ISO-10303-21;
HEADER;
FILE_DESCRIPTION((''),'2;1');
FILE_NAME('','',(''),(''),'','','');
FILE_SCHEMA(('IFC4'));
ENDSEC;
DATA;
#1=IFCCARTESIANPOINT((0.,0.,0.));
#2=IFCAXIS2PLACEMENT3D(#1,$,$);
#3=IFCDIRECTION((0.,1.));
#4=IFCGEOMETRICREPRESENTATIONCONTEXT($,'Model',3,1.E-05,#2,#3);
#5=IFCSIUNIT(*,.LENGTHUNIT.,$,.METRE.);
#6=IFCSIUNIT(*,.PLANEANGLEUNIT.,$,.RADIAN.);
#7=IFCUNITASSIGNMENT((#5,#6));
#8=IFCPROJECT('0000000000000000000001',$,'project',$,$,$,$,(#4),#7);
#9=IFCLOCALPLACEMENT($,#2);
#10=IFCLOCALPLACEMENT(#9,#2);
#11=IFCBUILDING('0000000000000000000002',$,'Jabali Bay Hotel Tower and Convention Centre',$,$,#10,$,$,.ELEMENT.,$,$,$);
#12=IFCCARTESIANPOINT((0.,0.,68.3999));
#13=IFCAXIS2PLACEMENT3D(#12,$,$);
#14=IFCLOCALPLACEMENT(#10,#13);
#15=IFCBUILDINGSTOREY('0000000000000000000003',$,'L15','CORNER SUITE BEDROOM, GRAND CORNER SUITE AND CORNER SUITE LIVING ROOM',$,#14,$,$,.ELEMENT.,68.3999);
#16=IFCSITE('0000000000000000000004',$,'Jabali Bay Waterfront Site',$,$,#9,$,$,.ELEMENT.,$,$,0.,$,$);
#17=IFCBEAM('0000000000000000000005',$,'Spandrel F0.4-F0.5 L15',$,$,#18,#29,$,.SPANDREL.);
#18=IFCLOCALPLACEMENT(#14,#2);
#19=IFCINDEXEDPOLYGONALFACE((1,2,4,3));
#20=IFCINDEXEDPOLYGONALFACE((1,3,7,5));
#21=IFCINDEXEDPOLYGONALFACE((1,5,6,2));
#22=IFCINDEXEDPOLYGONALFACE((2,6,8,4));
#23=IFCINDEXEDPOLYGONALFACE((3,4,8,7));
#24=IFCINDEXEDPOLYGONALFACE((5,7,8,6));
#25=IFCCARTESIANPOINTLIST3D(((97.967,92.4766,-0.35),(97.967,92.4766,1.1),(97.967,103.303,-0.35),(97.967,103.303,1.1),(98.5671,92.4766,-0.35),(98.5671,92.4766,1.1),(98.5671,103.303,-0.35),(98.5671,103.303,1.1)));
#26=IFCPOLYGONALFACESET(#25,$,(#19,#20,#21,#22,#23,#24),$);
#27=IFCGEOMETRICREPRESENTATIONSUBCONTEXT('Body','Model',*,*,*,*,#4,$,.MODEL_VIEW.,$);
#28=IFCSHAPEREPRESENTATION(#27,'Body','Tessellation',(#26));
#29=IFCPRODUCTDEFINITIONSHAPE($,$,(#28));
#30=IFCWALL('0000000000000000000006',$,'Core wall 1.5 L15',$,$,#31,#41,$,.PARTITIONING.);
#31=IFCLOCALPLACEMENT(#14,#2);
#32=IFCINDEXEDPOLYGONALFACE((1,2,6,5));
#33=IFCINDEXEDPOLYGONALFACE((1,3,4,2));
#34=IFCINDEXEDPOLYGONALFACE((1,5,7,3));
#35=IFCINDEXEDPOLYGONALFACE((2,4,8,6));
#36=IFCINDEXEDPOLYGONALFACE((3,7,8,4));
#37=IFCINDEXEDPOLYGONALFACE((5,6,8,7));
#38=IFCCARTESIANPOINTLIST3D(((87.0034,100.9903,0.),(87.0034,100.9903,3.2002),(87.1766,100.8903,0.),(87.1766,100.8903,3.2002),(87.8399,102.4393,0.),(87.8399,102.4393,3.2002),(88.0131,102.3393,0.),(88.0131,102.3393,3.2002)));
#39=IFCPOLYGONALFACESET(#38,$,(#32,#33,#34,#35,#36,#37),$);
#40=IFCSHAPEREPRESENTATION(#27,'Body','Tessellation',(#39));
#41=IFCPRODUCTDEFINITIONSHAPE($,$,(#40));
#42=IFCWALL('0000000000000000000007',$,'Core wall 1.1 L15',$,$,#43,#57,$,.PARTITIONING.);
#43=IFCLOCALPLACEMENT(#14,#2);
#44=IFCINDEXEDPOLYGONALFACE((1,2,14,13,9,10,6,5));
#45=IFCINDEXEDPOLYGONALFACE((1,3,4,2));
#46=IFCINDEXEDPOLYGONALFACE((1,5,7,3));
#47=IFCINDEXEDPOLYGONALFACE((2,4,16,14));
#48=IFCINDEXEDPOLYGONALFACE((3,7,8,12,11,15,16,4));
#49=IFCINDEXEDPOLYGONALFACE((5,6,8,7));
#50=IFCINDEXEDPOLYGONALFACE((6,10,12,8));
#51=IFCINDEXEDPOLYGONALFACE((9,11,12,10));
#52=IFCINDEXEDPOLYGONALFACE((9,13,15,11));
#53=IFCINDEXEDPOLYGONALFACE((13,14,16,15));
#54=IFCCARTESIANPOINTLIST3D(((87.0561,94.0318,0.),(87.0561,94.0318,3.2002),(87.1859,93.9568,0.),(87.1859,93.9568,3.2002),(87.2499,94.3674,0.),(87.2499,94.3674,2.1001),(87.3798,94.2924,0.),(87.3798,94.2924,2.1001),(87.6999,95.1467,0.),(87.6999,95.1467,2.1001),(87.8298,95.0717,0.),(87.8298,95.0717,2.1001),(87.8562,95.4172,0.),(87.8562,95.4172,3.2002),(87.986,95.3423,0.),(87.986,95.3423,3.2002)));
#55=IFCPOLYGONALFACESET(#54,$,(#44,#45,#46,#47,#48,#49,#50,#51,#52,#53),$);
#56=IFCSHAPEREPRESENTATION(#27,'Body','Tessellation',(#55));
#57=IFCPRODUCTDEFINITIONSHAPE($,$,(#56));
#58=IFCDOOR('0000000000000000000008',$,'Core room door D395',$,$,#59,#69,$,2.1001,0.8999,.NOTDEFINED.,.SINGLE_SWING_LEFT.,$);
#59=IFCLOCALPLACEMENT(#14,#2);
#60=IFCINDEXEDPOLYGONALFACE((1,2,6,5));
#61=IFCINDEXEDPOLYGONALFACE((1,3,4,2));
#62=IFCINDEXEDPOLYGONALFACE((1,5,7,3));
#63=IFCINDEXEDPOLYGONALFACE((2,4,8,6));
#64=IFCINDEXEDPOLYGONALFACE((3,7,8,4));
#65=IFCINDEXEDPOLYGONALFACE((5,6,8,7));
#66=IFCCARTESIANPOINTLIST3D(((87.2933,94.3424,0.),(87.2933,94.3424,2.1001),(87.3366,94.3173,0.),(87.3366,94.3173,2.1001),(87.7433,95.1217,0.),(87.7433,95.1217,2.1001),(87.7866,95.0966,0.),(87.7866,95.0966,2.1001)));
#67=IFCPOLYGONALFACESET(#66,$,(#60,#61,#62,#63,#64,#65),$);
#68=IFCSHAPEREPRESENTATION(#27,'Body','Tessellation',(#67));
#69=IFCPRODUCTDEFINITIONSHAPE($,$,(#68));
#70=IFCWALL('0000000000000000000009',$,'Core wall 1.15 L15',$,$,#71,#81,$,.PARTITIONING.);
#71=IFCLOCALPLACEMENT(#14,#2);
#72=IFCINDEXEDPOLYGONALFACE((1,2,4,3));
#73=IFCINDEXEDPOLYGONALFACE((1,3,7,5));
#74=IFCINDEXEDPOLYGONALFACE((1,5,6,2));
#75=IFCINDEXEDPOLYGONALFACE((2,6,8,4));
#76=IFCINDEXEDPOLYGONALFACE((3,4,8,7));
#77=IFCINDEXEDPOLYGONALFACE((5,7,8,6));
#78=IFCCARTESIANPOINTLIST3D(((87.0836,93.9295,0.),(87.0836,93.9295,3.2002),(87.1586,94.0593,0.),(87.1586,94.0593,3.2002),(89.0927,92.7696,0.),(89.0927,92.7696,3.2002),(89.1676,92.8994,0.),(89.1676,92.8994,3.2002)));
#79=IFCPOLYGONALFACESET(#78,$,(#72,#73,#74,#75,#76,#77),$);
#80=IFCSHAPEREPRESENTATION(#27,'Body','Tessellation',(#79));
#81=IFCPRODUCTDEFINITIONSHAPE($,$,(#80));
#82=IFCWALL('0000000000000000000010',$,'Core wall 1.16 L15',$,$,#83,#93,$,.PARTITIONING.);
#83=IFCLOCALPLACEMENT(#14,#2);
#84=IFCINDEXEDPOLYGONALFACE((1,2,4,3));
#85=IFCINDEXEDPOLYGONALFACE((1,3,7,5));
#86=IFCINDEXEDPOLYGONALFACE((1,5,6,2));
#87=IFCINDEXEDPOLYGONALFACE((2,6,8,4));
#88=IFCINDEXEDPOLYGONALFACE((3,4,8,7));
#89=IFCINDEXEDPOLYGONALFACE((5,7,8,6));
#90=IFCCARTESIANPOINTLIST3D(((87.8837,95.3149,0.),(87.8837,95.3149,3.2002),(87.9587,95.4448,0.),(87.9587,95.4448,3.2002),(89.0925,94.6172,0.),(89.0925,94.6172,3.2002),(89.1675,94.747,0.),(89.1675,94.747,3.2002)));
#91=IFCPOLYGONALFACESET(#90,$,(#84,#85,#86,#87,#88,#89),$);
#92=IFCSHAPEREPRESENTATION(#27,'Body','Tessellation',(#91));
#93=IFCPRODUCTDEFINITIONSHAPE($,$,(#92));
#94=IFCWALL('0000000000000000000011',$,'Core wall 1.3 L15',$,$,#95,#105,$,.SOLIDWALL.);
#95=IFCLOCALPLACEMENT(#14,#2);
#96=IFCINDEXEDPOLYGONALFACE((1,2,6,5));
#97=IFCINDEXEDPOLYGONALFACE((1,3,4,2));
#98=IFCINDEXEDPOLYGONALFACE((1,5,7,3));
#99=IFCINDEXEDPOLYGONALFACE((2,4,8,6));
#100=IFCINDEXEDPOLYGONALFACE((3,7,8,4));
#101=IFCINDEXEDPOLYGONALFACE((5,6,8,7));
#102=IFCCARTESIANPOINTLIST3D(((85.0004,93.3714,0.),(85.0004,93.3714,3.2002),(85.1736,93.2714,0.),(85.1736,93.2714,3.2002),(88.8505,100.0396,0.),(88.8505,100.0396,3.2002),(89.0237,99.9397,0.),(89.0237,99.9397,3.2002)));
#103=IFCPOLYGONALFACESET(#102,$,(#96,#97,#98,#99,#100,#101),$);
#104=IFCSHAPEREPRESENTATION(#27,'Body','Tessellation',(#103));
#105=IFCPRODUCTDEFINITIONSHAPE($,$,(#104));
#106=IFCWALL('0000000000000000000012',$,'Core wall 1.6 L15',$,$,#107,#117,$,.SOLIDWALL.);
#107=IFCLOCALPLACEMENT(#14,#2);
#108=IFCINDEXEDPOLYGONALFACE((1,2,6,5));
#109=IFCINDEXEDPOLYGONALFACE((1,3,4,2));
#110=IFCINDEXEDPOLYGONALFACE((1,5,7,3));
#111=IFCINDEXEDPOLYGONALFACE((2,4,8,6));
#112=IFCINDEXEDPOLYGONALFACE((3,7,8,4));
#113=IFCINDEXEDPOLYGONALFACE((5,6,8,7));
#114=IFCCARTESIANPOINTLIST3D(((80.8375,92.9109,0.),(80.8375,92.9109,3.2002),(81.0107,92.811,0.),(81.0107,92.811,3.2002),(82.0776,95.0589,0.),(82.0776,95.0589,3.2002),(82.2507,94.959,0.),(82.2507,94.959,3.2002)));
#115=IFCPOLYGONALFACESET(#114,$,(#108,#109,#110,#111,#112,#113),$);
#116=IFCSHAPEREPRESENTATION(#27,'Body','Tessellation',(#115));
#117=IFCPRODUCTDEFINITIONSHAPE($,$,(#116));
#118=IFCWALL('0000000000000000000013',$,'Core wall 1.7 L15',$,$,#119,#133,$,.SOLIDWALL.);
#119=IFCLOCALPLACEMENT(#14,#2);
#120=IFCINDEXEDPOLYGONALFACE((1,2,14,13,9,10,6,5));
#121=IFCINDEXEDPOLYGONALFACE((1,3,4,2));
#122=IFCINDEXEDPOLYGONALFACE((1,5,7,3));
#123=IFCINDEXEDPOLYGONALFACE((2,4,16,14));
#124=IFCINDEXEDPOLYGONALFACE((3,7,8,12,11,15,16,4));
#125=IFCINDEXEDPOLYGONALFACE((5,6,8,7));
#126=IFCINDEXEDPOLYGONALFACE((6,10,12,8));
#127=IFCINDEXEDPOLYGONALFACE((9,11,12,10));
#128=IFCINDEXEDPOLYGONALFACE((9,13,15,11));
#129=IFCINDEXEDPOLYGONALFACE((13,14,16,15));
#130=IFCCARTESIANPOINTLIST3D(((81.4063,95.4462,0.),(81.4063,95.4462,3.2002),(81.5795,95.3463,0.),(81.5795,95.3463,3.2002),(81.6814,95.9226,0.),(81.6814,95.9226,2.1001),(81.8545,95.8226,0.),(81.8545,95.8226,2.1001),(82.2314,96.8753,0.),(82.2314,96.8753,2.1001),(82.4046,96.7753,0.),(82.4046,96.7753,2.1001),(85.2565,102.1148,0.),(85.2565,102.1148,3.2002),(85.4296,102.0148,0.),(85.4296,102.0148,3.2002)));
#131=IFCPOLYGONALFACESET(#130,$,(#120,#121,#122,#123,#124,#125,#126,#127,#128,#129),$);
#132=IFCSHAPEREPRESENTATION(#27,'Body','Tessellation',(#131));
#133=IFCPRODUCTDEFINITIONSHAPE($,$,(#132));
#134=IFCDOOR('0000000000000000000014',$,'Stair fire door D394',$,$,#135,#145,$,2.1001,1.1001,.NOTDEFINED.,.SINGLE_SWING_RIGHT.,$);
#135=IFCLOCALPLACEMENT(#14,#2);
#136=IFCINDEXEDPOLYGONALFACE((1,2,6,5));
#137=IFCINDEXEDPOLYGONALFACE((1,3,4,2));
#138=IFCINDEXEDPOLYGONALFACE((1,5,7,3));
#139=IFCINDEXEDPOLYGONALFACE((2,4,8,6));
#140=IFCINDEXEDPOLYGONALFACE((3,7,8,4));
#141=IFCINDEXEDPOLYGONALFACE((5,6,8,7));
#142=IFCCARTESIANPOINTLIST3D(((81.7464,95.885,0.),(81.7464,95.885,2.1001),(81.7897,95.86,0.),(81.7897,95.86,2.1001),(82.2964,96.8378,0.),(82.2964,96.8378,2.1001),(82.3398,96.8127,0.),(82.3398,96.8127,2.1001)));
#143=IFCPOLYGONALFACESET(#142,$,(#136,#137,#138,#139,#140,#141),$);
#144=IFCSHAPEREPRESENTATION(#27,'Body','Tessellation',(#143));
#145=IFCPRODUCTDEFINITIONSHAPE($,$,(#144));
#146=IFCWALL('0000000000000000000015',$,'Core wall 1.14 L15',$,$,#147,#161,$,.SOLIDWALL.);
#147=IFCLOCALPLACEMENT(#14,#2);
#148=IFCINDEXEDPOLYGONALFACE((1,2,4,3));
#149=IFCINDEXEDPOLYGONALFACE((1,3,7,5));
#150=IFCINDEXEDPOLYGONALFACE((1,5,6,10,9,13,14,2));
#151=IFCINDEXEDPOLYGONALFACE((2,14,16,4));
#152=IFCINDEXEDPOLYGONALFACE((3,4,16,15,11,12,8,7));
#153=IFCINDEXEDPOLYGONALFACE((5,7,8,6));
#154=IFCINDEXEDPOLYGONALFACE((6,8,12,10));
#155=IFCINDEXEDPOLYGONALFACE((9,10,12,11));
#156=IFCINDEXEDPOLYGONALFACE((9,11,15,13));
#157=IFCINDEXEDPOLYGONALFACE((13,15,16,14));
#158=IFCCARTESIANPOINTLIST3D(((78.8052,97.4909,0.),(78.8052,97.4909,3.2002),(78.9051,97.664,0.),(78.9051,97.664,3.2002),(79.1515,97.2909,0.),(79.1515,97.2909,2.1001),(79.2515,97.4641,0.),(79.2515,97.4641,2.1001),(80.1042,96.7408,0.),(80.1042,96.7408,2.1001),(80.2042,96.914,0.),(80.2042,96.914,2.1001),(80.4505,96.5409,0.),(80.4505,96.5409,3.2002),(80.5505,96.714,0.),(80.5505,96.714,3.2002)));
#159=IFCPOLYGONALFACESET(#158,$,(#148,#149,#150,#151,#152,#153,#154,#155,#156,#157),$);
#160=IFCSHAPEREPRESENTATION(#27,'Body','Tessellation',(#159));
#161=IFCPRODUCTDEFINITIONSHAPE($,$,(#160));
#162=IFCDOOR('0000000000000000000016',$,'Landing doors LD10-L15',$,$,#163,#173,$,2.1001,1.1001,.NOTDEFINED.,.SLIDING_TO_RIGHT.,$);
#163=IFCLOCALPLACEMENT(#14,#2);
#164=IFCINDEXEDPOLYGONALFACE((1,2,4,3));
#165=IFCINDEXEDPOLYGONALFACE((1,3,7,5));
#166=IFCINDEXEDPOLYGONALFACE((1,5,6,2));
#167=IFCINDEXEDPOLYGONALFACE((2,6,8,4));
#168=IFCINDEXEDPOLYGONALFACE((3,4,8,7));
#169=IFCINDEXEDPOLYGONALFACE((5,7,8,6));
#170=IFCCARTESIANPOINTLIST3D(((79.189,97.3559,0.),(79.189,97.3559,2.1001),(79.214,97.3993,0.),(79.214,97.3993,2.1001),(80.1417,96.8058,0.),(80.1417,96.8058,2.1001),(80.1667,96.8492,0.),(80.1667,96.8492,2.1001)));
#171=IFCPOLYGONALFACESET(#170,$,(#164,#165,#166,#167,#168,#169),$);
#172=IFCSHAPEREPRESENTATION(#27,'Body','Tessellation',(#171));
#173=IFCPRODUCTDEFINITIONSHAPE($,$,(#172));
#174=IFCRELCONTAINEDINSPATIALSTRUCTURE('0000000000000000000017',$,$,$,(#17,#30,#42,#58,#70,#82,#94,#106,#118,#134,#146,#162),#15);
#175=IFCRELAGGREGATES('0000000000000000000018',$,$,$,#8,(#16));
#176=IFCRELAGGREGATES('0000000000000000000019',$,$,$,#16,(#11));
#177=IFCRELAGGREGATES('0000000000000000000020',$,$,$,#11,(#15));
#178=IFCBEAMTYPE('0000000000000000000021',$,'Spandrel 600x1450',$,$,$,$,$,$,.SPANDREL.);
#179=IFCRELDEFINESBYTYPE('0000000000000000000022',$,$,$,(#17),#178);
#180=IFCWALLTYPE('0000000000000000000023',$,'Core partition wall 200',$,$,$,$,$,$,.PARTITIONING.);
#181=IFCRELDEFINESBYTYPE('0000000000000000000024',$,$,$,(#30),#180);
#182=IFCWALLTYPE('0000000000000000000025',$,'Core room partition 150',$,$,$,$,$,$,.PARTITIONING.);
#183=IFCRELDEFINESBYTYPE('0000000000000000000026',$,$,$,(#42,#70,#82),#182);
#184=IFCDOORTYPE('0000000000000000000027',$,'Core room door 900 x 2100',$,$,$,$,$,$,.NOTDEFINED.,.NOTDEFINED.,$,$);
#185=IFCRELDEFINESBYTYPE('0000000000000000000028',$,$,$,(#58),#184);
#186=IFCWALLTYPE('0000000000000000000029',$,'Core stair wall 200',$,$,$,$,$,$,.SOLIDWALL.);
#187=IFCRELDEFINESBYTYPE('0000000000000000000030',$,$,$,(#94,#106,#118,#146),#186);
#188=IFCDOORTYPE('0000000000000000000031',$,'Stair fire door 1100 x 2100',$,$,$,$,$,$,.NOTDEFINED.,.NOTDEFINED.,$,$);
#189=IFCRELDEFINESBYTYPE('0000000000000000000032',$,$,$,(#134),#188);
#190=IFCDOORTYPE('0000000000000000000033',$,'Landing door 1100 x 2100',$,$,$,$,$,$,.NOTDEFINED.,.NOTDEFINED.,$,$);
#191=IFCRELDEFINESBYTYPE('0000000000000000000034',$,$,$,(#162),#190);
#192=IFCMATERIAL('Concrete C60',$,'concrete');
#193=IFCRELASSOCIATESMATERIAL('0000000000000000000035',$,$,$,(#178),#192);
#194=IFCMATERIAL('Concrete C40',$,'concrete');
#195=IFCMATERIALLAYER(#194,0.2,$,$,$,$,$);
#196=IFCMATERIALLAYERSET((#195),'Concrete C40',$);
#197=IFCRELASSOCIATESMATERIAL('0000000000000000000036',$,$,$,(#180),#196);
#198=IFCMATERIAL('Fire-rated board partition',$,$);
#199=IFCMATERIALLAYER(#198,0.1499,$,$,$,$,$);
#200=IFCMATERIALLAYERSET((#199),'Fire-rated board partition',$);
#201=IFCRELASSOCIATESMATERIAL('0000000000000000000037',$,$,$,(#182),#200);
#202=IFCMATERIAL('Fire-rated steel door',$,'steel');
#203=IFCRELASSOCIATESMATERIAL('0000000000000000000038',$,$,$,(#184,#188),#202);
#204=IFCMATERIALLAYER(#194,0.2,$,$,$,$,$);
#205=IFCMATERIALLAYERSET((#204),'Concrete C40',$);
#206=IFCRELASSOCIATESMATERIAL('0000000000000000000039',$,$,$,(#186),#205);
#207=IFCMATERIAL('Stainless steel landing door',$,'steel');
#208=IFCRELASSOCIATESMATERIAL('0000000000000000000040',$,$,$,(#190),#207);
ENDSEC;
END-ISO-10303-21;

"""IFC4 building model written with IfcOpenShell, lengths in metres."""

from ifc_helpers import new_model, si_unit, direction, frame, frame_2d, origin, origin_2d, place, context, subcontext, project, spatial, rectangle, extrude, material, layer, layer_set, material_profile, profile_set, type_object, element, fill, save


model = new_model("IFC4")

# Units and contexts
model_context = context("Model", 3, precision=1e-05, world=origin(), true_north=direction((0.0, 1.0)))
body_context = subcontext(model_context, "Body", "Model", "MODEL_VIEW")
ifc_project = project(units=[si_unit("LENGTHUNIT", "METRE"), si_unit("PLANEANGLEUNIT", "RADIAN")], contexts=[model_context])

# Site, building, storey
site_placement = place(None, origin())
site = spatial("IfcSite", under=ifc_project, at=site_placement, Name="Jabali Bay Waterfront Site", CompositionType="ELEMENT", RefElevation=0.0)
building_placement = place(site_placement, origin())
building = spatial("IfcBuilding", under=site, at=building_placement, Name="Jabali Bay Hotel Tower and Convention Centre", CompositionType="ELEMENT")
storey_placement = place(building_placement, frame((0.0, 0.0, 68.3999)))
storey = spatial("IfcBuildingStorey", under=building, at=storey_placement, Name="L15", Description="CORNER SUITE BEDROOM, GRAND CORNER SUITE AND CORNER SUITE LIVING ROOM", CompositionType="ELEMENT", Elevation=68.3999)

# Beam
ifc_material_1 = material(Name="Concrete C60", Category="concrete")
ifc_material_profile = material_profile(ifc_material_1, rectangle(XDim=0.6001, YDim=1.45, at=origin_2d()), Name="Spandrel 600x1450")
ifc_profile_set = profile_set([ifc_material_profile], Name="Concrete C60")
beam_type = type_object("IfcBeamType", Name="Spandrel 600x1450", PredefinedType="SPANDREL", material=ifc_profile_set)
beam_placement = place(storey_placement, frame((98.2671, 92.4766, 0.375), z_axis=(0.0, 1.0, 0.0), x_axis=(-1.0, 0.0, 0.0)))
element("IfcBeam", 1, at=beam_placement, inside=storey, type_object=beam_type, Name="Spandrel F0.4-F0.5 L15", PredefinedType="SPANDREL", context=body_context, shape_type="SweptSolid", body=[
    extrude(rectangle(XDim=0.6001, YDim=1.45, at=origin_2d()), origin(), (0.0, 0.0, 1.0), 10.8264),
])

# Wall
ifc_material_2 = material(Name="Concrete C40", Category="concrete")
ifc_layer_1 = layer(ifc_material_2, 0.2)
ifc_layer_set_1 = layer_set([ifc_layer_1], Name="Concrete C40")
wall_type_1 = type_object("IfcWallType", Name="Core partition wall 200", PredefinedType="PARTITIONING", material=ifc_layer_set_1)
wall_1_placement = place(storey_placement, frame((87.0901, 100.9404, 0.0), z_axis=(0.0, 0.0, 1.0), x_axis=(0.499937, 0.866062, 0.0)))
element("IfcWall", 2, at=wall_1_placement, inside=storey, type_object=wall_type_1, Name="Core wall 1.5 L15", PredefinedType="PARTITIONING", context=body_context, shape_type="SweptSolid", body=[
    extrude(rectangle(XDim=1.6731, YDim=0.2, at=frame_2d((0.8364, 0.0))), origin(), (0.0, 0.0, 1.0), 3.2002),
])

# Wall, opening, door
ifc_material_3 = material(Name="Fire-rated board partition")
ifc_layer_2 = layer(ifc_material_3, 0.1499)
ifc_layer_set_2 = layer_set([ifc_layer_2], Name="Fire-rated board partition")
wall_type_2 = type_object("IfcWallType", Name="Core room partition 150", PredefinedType="PARTITIONING", material=ifc_layer_set_2)
wall_2_placement = place(storey_placement, frame((87.1211, 93.9944, 0.0), z_axis=(0.0, 0.0, 1.0), x_axis=(0.500061, 0.86599, 0.0)))
wall_2 = element("IfcWall", 3, at=wall_2_placement, inside=storey, type_object=wall_type_2, Name="Core wall 1.1 L15", PredefinedType="PARTITIONING", context=body_context, shape_type="SweptSolid", body=[
    extrude(rectangle(XDim=1.5999, YDim=0.1499, at=frame_2d((0.7998, 0.0))), origin(), (0.0, 0.0, 1.0), 3.2002),
])
opening_1_placement = place(wall_2_placement, frame((0.3875, 0.0, 0.0)))
opening_1 = element("IfcOpeningElement", 4, at=opening_1_placement, cuts=wall_2, PredefinedType="OPENING", context=body_context, shape_type="SweptSolid", body=[
    extrude(rectangle(XDim=0.8999, YDim=2.1001, at=frame_2d((0.45, 1.05))), frame((0.0, 0.0854, 0.0), z_axis=(0.0, -1.0, 0.0), x_axis=(1.0, 0.0, 0.0)), (0.0, 0.0, 1.0), 0.1709),
])
ifc_material_4 = material(Name="Fire-rated steel door", Category="steel")
door_type_1 = type_object("IfcDoorType", Name="Core room door 900 x 2100", OperationType="NOTDEFINED", PredefinedType="NOTDEFINED", material=ifc_material_4)
door_1_placement = place(opening_1_placement, origin())
door_1 = element("IfcDoor", 5, at=door_1_placement, inside=storey, type_object=door_type_1, Name="Core room door D395", OperationType="SINGLE_SWING_LEFT", OverallHeight=2.1001, OverallWidth=0.8999, PredefinedType="NOTDEFINED", context=body_context, shape_type="SweptSolid", body=[
    extrude(rectangle(XDim=0.8999, YDim=2.1001, at=frame_2d((0.45, 1.05))), frame((0.0, 0.0249, 0.0), z_axis=(0.0, -1.0, 0.0), x_axis=(1.0, 0.0, 0.0)), (0.0, 0.0, 1.0), 0.05),
])
fill(opening_1, door_1)

# Walls
wall_3_placement = place(storey_placement, frame((89.1301, 92.8345, 0.0), z_axis=(0.0, 0.0, 1.0), x_axis=(-0.866026, 0.499999, 0.0)))
element("IfcWall", 6, at=wall_3_placement, inside=storey, type_object=wall_type_2, Name="Core wall 1.15 L15", PredefinedType="PARTITIONING", context=body_context, shape_type="SweptSolid", body=[
    extrude(rectangle(XDim=2.3198, YDim=0.1499, at=frame_2d((1.1599, 0.0))), origin(), (0.0, 0.0, 1.0), 3.2002),
])
wall_4_placement = place(storey_placement, frame((89.1299, 94.6821, 0.0), z_axis=(0.0, 0.0, 1.0), x_axis=(-0.86606, 0.499939, 0.0)))
element("IfcWall", 7, at=wall_4_placement, inside=storey, type_object=wall_type_2, Name="Core wall 1.16 L15", PredefinedType="PARTITIONING", context=body_context, shape_type="SweptSolid", body=[
    extrude(rectangle(XDim=1.3958, YDim=0.1499, at=frame_2d((0.6978, 0.0))), origin(), (0.0, 0.0, 1.0), 3.2002),
])
ifc_layer_3 = layer(ifc_material_2, 0.2)
ifc_layer_set_3 = layer_set([ifc_layer_3], Name="Concrete C40")
wall_type_3 = type_object("IfcWallType", Name="Core stair wall 200", PredefinedType="SOLIDWALL", material=ifc_layer_set_3)
wall_5_placement = place(storey_placement, frame((85.0869, 93.3213, 0.0), z_axis=(0.0, 0.0, 1.0), x_axis=(0.50002, 0.866014, 0.0)))
element("IfcWall", 8, at=wall_5_placement, inside=storey, type_object=wall_type_3, Name="Core wall 1.3 L15", PredefinedType="SOLIDWALL", context=body_context, shape_type="SweptSolid", body=[
    extrude(rectangle(XDim=7.7, YDim=0.2, at=frame_2d((3.8501, 0.0))), origin(), (0.0, 0.0, 1.0), 3.2002),
])
wall_6_placement = place(storey_placement, frame((80.9241, 92.8608, 0.0), z_axis=(0.0, 0.0, 1.0), x_axis=(0.499961, 0.866048, 0.0)))
element("IfcWall", 9, at=wall_6_placement, inside=storey, type_object=wall_type_3, Name="Core wall 1.6 L15", PredefinedType="SOLIDWALL", context=body_context, shape_type="SweptSolid", body=[
    extrude(rectangle(XDim=2.4802, YDim=0.2, at=frame_2d((1.2402, 0.0))), origin(), (0.0, 0.0, 1.0), 3.2002),
])

# Walls, openings, doors
wall_7_placement = place(storey_placement, frame((81.4929, 95.3962, 0.0), z_axis=(0.0, 0.0, 1.0), x_axis=(0.500006, 0.866022, 0.0)))
wall_7 = element("IfcWall", 10, at=wall_7_placement, inside=storey, type_object=wall_type_3, Name="Core wall 1.7 L15", PredefinedType="SOLIDWALL", context=body_context, shape_type="SweptSolid", body=[
    extrude(rectangle(XDim=7.7002, YDim=0.2, at=frame_2d((3.8501, 0.0))), origin(), (0.0, 0.0, 1.0), 3.2002),
])
opening_2_placement = place(wall_7_placement, frame((0.55, 0.0, 0.0)))
opening_2 = element("IfcOpeningElement", 11, at=opening_2_placement, cuts=wall_7, PredefinedType="OPENING", context=body_context, shape_type="SweptSolid", body=[
    extrude(rectangle(XDim=1.1001, YDim=2.1001, at=frame_2d((0.55, 1.05))), frame((0.0, 0.1104, 0.0), z_axis=(0.0, -1.0, 0.0), x_axis=(1.0, 0.0, 0.0)), (0.0, 0.0, 1.0), 0.2209),
])
door_type_2 = type_object("IfcDoorType", Name="Stair fire door 1100 x 2100", OperationType="NOTDEFINED", PredefinedType="NOTDEFINED", material=ifc_material_4)
door_2_placement = place(opening_2_placement, origin())
door_2 = element("IfcDoor", 12, at=door_2_placement, inside=storey, type_object=door_type_2, Name="Stair fire door D394", OperationType="SINGLE_SWING_RIGHT", OverallHeight=2.1001, OverallWidth=1.1001, PredefinedType="NOTDEFINED", context=body_context, shape_type="SweptSolid", body=[
    extrude(rectangle(XDim=1.1001, YDim=2.1001, at=frame_2d((0.55, 1.05))), frame((0.0, 0.0249, 0.0), z_axis=(0.0, -1.0, 0.0), x_axis=(1.0, 0.0, 0.0)), (0.0, 0.0, 1.0), 0.05),
])
fill(opening_2, door_2)
wall_8_placement = place(storey_placement, frame((80.5005, 96.6274, 0.0), z_axis=(0.0, 0.0, 1.0), x_axis=(-0.866012, 0.500023, 0.0)))
wall_8 = element("IfcWall", 13, at=wall_8_placement, inside=storey, type_object=wall_type_3, Name="Core wall 1.14 L15", PredefinedType="SOLIDWALL", context=body_context, shape_type="SweptSolid", body=[
    extrude(rectangle(XDim=1.8999, YDim=0.2, at=frame_2d((0.95, 0.0))), origin(), (0.0, 0.0, 1.0), 3.2002),
])
opening_3_placement = place(wall_8_placement, frame((0.3999, 0.0, 0.0)))
opening_3 = element("IfcOpeningElement", 14, at=opening_3_placement, cuts=wall_8, PredefinedType="OPENING", context=body_context, shape_type="SweptSolid", body=[
    extrude(rectangle(XDim=1.1001, YDim=2.1001, at=frame_2d((0.55, 1.05))), frame((0.0, 0.1104, 0.0), z_axis=(0.0, -1.0, 0.0), x_axis=(1.0, 0.0, 0.0)), (0.0, 0.0, 1.0), 0.2209),
])
ifc_material_5 = material(Name="Stainless steel landing door", Category="steel")
door_type_3 = type_object("IfcDoorType", Name="Landing door 1100 x 2100", OperationType="NOTDEFINED", PredefinedType="NOTDEFINED", material=ifc_material_5)
door_3_placement = place(opening_3_placement, origin())
door_3 = element("IfcDoor", 15, at=door_3_placement, inside=storey, type_object=door_type_3, Name="Landing doors LD10-L15", OperationType="SLIDING_TO_RIGHT", OverallHeight=2.1001, OverallWidth=1.1001, PredefinedType="NOTDEFINED", context=body_context, shape_type="SweptSolid", body=[
    extrude(rectangle(XDim=1.1001, YDim=2.1001, at=frame_2d((0.55, 1.05))), frame((0.0, 0.0249, 0.0), z_axis=(0.0, -1.0, 0.0), x_axis=(1.0, 0.0, 0.0)), (0.0, 0.0, 1.0), 0.05),
])
fill(opening_3, door_3)

save(model, "model.ifc")
